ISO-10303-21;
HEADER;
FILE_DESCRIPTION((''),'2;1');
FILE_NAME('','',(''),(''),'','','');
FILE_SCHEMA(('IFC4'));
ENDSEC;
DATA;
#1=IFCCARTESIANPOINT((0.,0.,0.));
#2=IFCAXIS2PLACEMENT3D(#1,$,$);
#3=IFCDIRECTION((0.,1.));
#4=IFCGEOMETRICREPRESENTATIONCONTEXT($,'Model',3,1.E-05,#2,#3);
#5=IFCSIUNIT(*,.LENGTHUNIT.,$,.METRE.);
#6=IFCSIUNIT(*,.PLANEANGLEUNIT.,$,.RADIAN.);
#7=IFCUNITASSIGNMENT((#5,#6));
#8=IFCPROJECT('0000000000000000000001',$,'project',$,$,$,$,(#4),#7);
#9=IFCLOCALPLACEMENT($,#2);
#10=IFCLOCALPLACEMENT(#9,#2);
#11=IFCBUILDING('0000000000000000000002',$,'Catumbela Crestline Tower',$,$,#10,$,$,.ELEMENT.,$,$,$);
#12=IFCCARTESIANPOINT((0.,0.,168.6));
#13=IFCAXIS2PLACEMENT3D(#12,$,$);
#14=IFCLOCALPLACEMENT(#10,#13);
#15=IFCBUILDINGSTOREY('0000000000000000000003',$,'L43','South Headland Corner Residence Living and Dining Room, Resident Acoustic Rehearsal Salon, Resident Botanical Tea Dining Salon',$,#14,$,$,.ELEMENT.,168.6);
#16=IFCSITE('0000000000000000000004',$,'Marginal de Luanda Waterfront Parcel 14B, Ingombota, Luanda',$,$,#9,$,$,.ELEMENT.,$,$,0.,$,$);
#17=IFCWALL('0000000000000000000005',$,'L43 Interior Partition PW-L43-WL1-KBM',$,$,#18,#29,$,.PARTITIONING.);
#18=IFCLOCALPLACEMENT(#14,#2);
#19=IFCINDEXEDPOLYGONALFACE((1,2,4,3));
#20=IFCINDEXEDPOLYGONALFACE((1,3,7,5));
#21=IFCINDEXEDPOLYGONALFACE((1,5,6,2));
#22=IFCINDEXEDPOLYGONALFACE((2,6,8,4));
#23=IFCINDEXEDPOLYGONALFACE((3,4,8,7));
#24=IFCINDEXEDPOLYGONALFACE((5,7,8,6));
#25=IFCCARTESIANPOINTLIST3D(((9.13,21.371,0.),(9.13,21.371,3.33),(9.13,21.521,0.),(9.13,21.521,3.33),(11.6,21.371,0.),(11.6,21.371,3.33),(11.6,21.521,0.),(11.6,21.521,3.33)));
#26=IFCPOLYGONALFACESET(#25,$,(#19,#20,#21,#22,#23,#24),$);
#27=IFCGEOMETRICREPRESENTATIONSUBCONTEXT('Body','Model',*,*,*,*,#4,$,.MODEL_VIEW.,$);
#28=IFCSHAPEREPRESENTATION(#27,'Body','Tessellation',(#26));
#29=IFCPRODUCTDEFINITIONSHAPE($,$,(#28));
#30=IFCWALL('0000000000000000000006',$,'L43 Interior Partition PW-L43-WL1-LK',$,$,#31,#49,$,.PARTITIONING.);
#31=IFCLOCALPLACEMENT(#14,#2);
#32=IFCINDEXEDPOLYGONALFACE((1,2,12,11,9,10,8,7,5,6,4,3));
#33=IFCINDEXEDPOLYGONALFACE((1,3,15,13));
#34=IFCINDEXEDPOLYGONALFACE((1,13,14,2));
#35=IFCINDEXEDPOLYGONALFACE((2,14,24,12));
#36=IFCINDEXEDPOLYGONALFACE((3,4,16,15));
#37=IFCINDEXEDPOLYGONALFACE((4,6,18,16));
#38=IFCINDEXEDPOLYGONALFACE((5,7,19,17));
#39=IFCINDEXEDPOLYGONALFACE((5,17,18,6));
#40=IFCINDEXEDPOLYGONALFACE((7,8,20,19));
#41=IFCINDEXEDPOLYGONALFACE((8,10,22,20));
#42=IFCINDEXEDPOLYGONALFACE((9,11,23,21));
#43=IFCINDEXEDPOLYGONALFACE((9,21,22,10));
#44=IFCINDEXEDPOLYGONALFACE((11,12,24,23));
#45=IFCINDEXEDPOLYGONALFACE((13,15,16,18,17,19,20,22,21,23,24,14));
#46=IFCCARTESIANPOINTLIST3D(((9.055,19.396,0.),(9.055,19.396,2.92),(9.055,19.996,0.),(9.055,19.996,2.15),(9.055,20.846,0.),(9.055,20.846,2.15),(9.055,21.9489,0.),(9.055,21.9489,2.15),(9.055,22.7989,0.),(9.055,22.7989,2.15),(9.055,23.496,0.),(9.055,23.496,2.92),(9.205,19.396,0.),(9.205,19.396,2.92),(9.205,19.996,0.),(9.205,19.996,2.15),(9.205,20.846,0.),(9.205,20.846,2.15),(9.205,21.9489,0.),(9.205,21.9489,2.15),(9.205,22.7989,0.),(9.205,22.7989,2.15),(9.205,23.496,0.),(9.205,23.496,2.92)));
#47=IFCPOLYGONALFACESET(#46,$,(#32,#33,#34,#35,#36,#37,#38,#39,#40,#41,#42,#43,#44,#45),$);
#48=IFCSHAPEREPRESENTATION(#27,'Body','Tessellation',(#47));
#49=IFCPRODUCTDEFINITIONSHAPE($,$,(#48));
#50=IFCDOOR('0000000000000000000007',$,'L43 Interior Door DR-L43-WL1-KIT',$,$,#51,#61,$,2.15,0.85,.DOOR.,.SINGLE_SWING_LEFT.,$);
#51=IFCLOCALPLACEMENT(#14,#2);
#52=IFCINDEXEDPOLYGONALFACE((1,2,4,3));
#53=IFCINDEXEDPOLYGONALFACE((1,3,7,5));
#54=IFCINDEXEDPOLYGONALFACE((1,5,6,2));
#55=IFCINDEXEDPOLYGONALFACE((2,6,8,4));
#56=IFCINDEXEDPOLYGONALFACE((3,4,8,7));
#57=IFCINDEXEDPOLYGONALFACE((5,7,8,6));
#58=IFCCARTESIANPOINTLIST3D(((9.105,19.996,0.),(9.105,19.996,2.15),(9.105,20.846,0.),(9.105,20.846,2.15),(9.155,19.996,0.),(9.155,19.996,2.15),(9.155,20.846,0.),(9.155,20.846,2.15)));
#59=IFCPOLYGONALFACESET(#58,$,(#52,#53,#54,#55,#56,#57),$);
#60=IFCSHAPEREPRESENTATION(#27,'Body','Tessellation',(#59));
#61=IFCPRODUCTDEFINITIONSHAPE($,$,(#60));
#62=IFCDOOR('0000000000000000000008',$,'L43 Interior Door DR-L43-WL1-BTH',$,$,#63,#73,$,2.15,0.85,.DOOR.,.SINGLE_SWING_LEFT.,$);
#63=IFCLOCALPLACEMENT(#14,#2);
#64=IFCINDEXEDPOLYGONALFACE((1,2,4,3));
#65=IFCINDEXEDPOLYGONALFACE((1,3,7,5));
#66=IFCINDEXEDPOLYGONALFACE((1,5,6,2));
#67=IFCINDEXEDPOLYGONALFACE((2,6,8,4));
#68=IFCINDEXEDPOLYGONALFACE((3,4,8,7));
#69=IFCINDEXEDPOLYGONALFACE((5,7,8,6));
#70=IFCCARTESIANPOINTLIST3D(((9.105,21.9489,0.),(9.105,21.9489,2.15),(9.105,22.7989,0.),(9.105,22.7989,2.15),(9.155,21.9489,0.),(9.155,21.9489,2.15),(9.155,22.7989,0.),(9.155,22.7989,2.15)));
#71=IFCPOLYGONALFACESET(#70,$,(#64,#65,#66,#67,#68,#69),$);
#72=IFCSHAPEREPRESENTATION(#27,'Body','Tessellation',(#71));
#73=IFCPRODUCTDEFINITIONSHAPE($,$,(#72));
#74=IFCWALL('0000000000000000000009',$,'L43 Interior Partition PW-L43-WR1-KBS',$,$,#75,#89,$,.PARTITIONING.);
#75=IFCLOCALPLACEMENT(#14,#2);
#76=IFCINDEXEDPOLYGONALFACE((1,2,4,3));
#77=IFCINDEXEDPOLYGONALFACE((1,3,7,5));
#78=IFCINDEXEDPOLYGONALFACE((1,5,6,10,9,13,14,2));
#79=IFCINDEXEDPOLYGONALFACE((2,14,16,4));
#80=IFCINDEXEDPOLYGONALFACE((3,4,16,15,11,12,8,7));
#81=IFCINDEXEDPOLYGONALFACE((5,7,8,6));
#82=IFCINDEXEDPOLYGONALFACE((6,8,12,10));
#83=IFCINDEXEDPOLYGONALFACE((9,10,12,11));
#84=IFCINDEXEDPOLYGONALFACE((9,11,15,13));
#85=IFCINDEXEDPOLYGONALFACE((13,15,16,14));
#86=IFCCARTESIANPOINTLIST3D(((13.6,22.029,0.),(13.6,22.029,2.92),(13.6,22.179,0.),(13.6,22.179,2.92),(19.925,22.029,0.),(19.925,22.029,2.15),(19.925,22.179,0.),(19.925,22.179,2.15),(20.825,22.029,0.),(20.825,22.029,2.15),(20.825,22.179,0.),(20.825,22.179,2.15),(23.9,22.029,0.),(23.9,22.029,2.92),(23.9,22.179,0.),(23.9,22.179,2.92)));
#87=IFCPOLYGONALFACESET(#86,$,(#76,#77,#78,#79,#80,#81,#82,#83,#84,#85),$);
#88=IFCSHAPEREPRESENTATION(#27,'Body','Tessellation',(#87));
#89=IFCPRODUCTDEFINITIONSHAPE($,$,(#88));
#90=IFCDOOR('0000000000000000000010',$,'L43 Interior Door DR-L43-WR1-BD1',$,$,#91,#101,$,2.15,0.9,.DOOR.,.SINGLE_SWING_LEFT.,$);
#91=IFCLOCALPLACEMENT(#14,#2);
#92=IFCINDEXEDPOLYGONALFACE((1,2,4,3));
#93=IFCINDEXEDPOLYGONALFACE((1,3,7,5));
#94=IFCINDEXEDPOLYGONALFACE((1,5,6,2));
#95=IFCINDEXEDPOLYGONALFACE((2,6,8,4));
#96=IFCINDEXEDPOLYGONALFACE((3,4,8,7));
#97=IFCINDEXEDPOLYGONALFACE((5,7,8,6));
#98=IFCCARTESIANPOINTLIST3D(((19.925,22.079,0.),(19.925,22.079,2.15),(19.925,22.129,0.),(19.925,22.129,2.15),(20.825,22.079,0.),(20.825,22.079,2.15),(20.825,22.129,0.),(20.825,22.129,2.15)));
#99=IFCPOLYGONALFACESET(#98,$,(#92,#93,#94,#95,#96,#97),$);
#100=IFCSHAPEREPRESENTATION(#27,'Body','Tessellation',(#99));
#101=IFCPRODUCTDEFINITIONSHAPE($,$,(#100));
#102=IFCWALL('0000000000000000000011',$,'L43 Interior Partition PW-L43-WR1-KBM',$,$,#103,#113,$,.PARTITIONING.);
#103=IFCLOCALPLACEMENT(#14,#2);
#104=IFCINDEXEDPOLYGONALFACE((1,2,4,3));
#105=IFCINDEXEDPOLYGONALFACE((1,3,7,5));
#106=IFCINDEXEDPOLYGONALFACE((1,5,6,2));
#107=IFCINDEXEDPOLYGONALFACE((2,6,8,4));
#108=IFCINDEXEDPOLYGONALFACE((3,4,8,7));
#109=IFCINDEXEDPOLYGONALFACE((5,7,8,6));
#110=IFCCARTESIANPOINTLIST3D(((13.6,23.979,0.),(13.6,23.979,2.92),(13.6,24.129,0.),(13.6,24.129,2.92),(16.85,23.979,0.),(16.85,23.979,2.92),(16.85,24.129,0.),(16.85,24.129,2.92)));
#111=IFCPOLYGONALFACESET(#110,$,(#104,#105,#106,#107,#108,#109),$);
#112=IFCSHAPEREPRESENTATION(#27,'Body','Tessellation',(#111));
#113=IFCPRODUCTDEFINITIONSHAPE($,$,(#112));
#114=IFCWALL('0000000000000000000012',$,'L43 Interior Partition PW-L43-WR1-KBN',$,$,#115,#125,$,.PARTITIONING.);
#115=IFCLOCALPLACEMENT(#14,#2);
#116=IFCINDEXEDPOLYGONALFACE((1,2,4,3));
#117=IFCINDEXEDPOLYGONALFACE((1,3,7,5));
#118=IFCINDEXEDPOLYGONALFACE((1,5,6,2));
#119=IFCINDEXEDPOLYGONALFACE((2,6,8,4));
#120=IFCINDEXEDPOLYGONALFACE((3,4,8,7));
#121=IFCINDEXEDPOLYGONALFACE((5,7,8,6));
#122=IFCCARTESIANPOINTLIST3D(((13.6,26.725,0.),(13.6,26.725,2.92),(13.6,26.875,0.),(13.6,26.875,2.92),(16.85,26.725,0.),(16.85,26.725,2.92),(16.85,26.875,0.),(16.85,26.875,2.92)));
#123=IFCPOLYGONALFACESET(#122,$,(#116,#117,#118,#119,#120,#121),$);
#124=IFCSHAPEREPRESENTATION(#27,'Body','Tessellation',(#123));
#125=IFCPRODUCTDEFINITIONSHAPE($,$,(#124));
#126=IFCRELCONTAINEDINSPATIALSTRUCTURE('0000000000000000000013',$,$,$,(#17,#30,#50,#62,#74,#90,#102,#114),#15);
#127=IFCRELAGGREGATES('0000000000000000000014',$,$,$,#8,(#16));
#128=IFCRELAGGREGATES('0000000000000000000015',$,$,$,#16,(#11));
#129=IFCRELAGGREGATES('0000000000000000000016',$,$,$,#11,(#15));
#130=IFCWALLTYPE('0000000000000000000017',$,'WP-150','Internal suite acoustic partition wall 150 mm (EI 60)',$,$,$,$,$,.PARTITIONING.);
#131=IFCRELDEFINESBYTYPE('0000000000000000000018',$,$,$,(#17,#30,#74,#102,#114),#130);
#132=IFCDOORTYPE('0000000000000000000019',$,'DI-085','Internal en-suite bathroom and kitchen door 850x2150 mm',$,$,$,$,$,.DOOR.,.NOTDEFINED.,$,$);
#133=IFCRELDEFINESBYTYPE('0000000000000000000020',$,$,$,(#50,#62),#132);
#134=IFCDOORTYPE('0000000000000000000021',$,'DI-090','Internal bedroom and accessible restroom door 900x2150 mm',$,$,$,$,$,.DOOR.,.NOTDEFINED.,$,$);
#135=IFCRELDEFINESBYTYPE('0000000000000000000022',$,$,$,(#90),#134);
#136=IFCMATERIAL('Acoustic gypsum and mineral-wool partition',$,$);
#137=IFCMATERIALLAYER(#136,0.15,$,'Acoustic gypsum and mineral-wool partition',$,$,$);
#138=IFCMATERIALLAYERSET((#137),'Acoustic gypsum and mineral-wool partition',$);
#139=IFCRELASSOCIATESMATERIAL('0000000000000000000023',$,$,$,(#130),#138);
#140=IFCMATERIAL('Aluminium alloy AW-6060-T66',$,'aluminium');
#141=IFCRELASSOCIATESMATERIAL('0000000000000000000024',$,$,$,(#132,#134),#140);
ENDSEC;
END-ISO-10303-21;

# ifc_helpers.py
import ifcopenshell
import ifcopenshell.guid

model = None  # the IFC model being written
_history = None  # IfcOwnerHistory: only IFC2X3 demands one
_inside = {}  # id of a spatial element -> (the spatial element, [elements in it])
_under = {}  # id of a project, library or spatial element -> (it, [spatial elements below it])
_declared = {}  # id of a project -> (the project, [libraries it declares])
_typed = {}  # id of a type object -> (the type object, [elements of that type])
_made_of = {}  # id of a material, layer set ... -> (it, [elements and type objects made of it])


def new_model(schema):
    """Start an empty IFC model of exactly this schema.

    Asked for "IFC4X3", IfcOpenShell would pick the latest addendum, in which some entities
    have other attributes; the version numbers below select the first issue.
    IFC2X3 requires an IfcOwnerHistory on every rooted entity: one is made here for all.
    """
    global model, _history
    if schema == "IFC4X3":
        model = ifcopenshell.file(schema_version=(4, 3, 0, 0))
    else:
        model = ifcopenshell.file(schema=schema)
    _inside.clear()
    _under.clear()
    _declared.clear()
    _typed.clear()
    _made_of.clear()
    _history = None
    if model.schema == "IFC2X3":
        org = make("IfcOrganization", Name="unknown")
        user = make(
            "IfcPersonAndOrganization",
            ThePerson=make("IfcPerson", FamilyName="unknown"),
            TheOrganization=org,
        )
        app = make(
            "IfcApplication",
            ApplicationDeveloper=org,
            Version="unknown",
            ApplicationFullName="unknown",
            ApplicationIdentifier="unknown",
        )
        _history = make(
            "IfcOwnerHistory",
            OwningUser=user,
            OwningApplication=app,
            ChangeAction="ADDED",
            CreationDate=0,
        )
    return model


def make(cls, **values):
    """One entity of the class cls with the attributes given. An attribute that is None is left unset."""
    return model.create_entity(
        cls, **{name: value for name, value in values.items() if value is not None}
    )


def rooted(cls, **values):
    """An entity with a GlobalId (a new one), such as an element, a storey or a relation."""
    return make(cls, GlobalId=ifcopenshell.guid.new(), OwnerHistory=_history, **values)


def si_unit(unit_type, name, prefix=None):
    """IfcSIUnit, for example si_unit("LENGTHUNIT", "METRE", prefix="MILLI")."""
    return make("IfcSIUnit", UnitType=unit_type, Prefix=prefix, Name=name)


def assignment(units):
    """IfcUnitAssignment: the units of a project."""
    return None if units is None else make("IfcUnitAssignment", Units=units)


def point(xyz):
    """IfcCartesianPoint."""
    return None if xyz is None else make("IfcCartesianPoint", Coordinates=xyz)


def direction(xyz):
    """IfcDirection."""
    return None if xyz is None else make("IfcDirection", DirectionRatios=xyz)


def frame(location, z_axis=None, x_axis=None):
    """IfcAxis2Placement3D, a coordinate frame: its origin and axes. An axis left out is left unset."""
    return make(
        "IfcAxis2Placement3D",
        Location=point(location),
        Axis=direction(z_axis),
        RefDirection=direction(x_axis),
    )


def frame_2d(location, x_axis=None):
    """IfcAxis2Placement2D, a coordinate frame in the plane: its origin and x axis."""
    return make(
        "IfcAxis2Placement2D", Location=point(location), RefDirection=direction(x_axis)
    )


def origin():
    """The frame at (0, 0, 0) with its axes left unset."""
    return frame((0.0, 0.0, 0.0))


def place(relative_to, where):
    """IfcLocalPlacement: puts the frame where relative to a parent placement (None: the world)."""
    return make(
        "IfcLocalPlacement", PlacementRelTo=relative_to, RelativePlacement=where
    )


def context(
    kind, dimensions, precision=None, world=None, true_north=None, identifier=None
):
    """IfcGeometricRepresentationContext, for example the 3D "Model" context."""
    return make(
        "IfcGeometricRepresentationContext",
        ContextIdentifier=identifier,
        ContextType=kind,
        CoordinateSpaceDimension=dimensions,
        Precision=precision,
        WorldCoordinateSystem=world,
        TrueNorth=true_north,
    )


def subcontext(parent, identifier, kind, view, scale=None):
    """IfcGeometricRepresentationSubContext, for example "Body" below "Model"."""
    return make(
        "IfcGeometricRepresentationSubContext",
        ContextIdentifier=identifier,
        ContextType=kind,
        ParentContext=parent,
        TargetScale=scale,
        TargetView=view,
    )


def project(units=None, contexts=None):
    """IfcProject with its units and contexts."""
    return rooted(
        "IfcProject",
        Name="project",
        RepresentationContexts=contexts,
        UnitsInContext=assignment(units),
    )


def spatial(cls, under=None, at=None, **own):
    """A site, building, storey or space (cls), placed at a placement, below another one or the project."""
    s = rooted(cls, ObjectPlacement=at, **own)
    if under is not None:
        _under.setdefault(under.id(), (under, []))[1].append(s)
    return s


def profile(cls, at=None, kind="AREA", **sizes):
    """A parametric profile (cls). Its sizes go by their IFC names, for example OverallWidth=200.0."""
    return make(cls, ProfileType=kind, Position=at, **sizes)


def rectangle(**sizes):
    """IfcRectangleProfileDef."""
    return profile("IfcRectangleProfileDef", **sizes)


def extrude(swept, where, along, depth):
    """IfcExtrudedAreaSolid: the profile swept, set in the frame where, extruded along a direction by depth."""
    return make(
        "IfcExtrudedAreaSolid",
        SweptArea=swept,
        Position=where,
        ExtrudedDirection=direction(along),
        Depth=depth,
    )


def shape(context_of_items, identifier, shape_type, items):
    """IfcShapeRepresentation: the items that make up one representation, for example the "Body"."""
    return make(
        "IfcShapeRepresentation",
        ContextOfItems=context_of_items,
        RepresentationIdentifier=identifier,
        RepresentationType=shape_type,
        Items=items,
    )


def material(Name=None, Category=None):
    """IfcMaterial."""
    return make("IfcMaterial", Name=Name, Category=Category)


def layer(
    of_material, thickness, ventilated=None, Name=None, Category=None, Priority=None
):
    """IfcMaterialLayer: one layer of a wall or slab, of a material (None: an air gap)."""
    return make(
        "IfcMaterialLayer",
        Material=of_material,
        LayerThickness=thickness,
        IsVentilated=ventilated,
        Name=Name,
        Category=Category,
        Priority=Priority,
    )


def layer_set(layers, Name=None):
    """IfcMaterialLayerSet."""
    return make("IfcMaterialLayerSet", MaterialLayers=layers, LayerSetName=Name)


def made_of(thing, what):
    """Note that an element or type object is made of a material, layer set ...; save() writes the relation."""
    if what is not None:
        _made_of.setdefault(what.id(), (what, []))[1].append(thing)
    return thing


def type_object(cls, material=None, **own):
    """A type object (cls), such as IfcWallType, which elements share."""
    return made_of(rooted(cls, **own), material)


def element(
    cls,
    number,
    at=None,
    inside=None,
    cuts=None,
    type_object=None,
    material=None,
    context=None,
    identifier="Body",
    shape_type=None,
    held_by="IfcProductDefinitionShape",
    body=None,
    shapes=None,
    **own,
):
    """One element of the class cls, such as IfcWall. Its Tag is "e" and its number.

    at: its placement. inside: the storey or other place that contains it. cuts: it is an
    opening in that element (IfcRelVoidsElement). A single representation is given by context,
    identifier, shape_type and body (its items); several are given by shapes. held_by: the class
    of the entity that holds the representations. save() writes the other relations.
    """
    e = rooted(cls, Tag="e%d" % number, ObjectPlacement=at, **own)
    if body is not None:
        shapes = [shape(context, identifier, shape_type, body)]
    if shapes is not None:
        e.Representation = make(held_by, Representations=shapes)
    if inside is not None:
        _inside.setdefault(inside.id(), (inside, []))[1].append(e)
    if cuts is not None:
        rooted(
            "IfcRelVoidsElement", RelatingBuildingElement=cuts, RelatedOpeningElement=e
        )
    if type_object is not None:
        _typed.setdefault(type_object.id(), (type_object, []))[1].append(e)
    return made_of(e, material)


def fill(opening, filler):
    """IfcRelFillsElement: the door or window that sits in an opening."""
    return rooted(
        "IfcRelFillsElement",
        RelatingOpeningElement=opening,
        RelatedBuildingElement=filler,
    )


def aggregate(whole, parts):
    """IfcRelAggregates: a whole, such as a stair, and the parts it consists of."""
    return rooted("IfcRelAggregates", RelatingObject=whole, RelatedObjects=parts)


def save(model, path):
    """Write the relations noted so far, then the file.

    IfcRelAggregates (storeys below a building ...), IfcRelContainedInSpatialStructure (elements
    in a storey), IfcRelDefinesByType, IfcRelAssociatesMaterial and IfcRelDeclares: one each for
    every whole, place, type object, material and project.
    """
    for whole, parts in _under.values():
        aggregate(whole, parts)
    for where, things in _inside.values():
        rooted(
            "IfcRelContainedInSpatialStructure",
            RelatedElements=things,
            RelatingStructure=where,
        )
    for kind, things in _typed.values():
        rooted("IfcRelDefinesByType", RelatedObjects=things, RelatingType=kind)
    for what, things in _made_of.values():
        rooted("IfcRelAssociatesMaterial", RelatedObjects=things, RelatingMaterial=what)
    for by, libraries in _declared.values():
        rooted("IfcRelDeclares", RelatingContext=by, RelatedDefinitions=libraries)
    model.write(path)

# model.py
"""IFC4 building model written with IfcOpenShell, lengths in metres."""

from ifc_helpers import new_model, si_unit, direction, frame, frame_2d, origin, place, context, subcontext, project, spatial, rectangle, extrude, material, layer, layer_set, type_object, element, fill, save


model = new_model("IFC4")

# Units and contexts
model_context = context("Model", 3, precision=1e-05, world=origin(), true_north=direction((0.0, 1.0)))
body_context = subcontext(model_context, "Body", "Model", "MODEL_VIEW")
ifc_project = project(units=[si_unit("LENGTHUNIT", "METRE"), si_unit("PLANEANGLEUNIT", "RADIAN")], contexts=[model_context])

# Site, building, storey
site_placement = place(None, origin())
site = spatial("IfcSite", under=ifc_project, at=site_placement, Name="Marginal de Luanda Waterfront Parcel 14B, Ingombota, Luanda", CompositionType="ELEMENT", RefElevation=0.0)
building_placement = place(site_placement, origin())
building = spatial("IfcBuilding", under=site, at=building_placement, Name="Catumbela Crestline Tower", CompositionType="ELEMENT")
storey_placement = place(building_placement, frame((0.0, 0.0, 168.6)))
storey = spatial("IfcBuildingStorey", under=building, at=storey_placement, Name="L43", Description="South Headland Corner Residence Living and Dining Room, Resident Acoustic Rehearsal Salon, Resident Botanical Tea Dining Salon", CompositionType="ELEMENT", Elevation=168.6)

# Shared definitions
ifc_material_1 = material(Name="Acoustic gypsum and mineral-wool partition")
ifc_material_2 = material(Name="Aluminium alloy AW-6060-T66", Category="aluminium")

# Wall
ifc_layer_1 = layer(ifc_material_1, 0.15, Name="Acoustic gypsum and mineral-wool partition")
ifc_layer_set_1 = layer_set([ifc_layer_1], Name="Acoustic gypsum and mineral-wool partition")
wall_type_1 = type_object("IfcWallType", Name="WP-150", Description="Internal suite acoustic partition wall 150 mm (EI 60)", PredefinedType="PARTITIONING", material=ifc_layer_set_1)
for number, where, z_axis, x_axis, name in (
    (1, (9.13, 21.446, 0.0), (0.0, 0.0, 1.0), (1.0, 0.0, 0.0), "L43 Interior Partition PW-L43-WL1-KBM"),
):
    element("IfcWall", number, at=place(storey_placement, frame(where, z_axis=z_axis, x_axis=x_axis)), inside=storey, type_object=wall_type_1, Name=name, PredefinedType="PARTITIONING", context=body_context, shape_type="SweptSolid", body=[
        extrude(rectangle(XDim=2.47, YDim=0.15, at=frame_2d((1.235, 0.0))), origin(), (0.0, 0.0, 1.0), 3.33),
    ])

# Wall, openings, doors
wall_1_placement = place(storey_placement, frame((9.13, 19.396, 0.0), z_axis=(0.0, 0.0, 1.0), x_axis=(0.0, 1.0, 0.0)))
wall_1 = element("IfcWall", 2, at=wall_1_placement, inside=storey, type_object=wall_type_1, Name="L43 Interior Partition PW-L43-WL1-LK", PredefinedType="PARTITIONING", context=body_context, shape_type="SweptSolid", body=[
    extrude(rectangle(XDim=4.1, YDim=0.15, at=frame_2d((2.05, 0.0))), origin(), (0.0, 0.0, 1.0), 2.92),
])
opening_1_placement = place(wall_1_placement, frame((0.6, 0.0, 0.0)))
opening_1 = element("IfcOpeningElement", 3, at=opening_1_placement, cuts=wall_1, PredefinedType="OPENING", context=body_context, shape_type="SweptSolid", body=[
    extrude(rectangle(XDim=0.85, YDim=2.15, at=frame_2d((0.425, 1.075))), frame((0.0, 0.085, 0.0), z_axis=(0.0, -1.0, 0.0), x_axis=(1.0, 0.0, 0.0)), (0.0, 0.0, 1.0), 0.17),
])
opening_2_placement = place(wall_1_placement, frame((2.5529, 0.0, 0.0)))
opening_2 = element("IfcOpeningElement", 4, at=opening_2_placement, cuts=wall_1, PredefinedType="OPENING", context=body_context, shape_type="SweptSolid", body=[
    extrude(rectangle(XDim=0.85, YDim=2.15, at=frame_2d((0.425, 1.075))), frame((0.0, 0.085, 0.0), z_axis=(0.0, -1.0, 0.0), x_axis=(1.0, 0.0, 0.0)), (0.0, 0.0, 1.0), 0.17),
])
door_type_1 = type_object("IfcDoorType", Name="DI-085", Description="Internal en-suite bathroom and kitchen door 850x2150 mm", OperationType="NOTDEFINED", PredefinedType="DOOR", material=ifc_material_2)
door_1_placement = place(opening_1_placement, origin())
door_1 = element("IfcDoor", 5, at=door_1_placement, inside=storey, type_object=door_type_1, Name="L43 Interior Door DR-L43-WL1-KIT", OperationType="SINGLE_SWING_LEFT", OverallHeight=2.15, OverallWidth=0.85, PredefinedType="DOOR", context=body_context, shape_type="SweptSolid", body=[
    extrude(rectangle(XDim=0.85, YDim=2.15, at=frame_2d((0.425, 1.075))), frame((0.0, 0.025, 0.0), z_axis=(0.0, -1.0, 0.0), x_axis=(1.0, 0.0, 0.0)), (0.0, 0.0, 1.0), 0.05),
])
fill(opening_1, door_1)
door_2_placement = place(opening_2_placement, origin())
door_2 = element("IfcDoor", 6, at=door_2_placement, inside=storey, type_object=door_type_1, Name="L43 Interior Door DR-L43-WL1-BTH", OperationType="SINGLE_SWING_LEFT", OverallHeight=2.15, OverallWidth=0.85, PredefinedType="DOOR", context=body_context, shape_type="SweptSolid", body=[
    extrude(rectangle(XDim=0.85, YDim=2.15, at=frame_2d((0.425, 1.075))), frame((0.0, 0.025, 0.0), z_axis=(0.0, -1.0, 0.0), x_axis=(1.0, 0.0, 0.0)), (0.0, 0.0, 1.0), 0.05),
])
fill(opening_2, door_2)

# Wall, opening, door
wall_2_placement = place(storey_placement, frame((13.6, 22.104, 0.0), z_axis=(0.0, 0.0, 1.0), x_axis=(1.0, 0.0, 0.0)))
wall_2 = element("IfcWall", 7, at=wall_2_placement, inside=storey, type_object=wall_type_1, Name="L43 Interior Partition PW-L43-WR1-KBS", PredefinedType="PARTITIONING", context=body_context, shape_type="SweptSolid", body=[
    extrude(rectangle(XDim=10.3, YDim=0.15, at=frame_2d((5.15, 0.0))), origin(), (0.0, 0.0, 1.0), 2.92),
])
opening_3_placement = place(wall_2_placement, frame((6.325, 0.0, 0.0)))
opening_3 = element("IfcOpeningElement", 8, at=opening_3_placement, cuts=wall_2, PredefinedType="OPENING", context=body_context, shape_type="SweptSolid", body=[
    extrude(rectangle(XDim=0.9, YDim=2.15, at=frame_2d((0.45, 1.075))), frame((0.0, 0.085, 0.0), z_axis=(0.0, -1.0, 0.0), x_axis=(1.0, 0.0, 0.0)), (0.0, 0.0, 1.0), 0.17),
])
door_type_2 = type_object("IfcDoorType", Name="DI-090", Description="Internal bedroom and accessible restroom door 900x2150 mm", OperationType="NOTDEFINED", PredefinedType="DOOR", material=ifc_material_2)
door_3_placement = place(opening_3_placement, origin())
door_3 = element("IfcDoor", 9, at=door_3_placement, inside=storey, type_object=door_type_2, Name="L43 Interior Door DR-L43-WR1-BD1", OperationType="SINGLE_SWING_LEFT", OverallHeight=2.15, OverallWidth=0.9, PredefinedType="DOOR", context=body_context, shape_type="SweptSolid", body=[
    extrude(rectangle(XDim=0.9, YDim=2.15, at=frame_2d((0.45, 1.075))), frame((0.0, 0.025, 0.0), z_axis=(0.0, -1.0, 0.0), x_axis=(1.0, 0.0, 0.0)), (0.0, 0.0, 1.0), 0.05),
])
fill(opening_3, door_3)

# Walls
for number, where, z_axis, x_axis, name in (
    (10, (13.6, 24.054, 0.0), (0.0, 0.0, 1.0), (1.0, 0.0, 0.0), "L43 Interior Partition PW-L43-WR1-KBM"),
    (11, (13.6, 26.8, 0.0), (0.0, 0.0, 1.0), (1.0, 0.0, 0.0), "L43 Interior Partition PW-L43-WR1-KBN"),
):
    element("IfcWall", number, at=place(storey_placement, frame(where, z_axis=z_axis, x_axis=x_axis)), inside=storey, type_object=wall_type_1, Name=name, PredefinedType="PARTITIONING", context=body_context, shape_type="SweptSolid", body=[
        extrude(rectangle(XDim=3.25, YDim=0.15, at=frame_2d((1.625, 0.0))), origin(), (0.0, 0.0, 1.0), 2.92),
    ])

save(model, "model.ifc")
